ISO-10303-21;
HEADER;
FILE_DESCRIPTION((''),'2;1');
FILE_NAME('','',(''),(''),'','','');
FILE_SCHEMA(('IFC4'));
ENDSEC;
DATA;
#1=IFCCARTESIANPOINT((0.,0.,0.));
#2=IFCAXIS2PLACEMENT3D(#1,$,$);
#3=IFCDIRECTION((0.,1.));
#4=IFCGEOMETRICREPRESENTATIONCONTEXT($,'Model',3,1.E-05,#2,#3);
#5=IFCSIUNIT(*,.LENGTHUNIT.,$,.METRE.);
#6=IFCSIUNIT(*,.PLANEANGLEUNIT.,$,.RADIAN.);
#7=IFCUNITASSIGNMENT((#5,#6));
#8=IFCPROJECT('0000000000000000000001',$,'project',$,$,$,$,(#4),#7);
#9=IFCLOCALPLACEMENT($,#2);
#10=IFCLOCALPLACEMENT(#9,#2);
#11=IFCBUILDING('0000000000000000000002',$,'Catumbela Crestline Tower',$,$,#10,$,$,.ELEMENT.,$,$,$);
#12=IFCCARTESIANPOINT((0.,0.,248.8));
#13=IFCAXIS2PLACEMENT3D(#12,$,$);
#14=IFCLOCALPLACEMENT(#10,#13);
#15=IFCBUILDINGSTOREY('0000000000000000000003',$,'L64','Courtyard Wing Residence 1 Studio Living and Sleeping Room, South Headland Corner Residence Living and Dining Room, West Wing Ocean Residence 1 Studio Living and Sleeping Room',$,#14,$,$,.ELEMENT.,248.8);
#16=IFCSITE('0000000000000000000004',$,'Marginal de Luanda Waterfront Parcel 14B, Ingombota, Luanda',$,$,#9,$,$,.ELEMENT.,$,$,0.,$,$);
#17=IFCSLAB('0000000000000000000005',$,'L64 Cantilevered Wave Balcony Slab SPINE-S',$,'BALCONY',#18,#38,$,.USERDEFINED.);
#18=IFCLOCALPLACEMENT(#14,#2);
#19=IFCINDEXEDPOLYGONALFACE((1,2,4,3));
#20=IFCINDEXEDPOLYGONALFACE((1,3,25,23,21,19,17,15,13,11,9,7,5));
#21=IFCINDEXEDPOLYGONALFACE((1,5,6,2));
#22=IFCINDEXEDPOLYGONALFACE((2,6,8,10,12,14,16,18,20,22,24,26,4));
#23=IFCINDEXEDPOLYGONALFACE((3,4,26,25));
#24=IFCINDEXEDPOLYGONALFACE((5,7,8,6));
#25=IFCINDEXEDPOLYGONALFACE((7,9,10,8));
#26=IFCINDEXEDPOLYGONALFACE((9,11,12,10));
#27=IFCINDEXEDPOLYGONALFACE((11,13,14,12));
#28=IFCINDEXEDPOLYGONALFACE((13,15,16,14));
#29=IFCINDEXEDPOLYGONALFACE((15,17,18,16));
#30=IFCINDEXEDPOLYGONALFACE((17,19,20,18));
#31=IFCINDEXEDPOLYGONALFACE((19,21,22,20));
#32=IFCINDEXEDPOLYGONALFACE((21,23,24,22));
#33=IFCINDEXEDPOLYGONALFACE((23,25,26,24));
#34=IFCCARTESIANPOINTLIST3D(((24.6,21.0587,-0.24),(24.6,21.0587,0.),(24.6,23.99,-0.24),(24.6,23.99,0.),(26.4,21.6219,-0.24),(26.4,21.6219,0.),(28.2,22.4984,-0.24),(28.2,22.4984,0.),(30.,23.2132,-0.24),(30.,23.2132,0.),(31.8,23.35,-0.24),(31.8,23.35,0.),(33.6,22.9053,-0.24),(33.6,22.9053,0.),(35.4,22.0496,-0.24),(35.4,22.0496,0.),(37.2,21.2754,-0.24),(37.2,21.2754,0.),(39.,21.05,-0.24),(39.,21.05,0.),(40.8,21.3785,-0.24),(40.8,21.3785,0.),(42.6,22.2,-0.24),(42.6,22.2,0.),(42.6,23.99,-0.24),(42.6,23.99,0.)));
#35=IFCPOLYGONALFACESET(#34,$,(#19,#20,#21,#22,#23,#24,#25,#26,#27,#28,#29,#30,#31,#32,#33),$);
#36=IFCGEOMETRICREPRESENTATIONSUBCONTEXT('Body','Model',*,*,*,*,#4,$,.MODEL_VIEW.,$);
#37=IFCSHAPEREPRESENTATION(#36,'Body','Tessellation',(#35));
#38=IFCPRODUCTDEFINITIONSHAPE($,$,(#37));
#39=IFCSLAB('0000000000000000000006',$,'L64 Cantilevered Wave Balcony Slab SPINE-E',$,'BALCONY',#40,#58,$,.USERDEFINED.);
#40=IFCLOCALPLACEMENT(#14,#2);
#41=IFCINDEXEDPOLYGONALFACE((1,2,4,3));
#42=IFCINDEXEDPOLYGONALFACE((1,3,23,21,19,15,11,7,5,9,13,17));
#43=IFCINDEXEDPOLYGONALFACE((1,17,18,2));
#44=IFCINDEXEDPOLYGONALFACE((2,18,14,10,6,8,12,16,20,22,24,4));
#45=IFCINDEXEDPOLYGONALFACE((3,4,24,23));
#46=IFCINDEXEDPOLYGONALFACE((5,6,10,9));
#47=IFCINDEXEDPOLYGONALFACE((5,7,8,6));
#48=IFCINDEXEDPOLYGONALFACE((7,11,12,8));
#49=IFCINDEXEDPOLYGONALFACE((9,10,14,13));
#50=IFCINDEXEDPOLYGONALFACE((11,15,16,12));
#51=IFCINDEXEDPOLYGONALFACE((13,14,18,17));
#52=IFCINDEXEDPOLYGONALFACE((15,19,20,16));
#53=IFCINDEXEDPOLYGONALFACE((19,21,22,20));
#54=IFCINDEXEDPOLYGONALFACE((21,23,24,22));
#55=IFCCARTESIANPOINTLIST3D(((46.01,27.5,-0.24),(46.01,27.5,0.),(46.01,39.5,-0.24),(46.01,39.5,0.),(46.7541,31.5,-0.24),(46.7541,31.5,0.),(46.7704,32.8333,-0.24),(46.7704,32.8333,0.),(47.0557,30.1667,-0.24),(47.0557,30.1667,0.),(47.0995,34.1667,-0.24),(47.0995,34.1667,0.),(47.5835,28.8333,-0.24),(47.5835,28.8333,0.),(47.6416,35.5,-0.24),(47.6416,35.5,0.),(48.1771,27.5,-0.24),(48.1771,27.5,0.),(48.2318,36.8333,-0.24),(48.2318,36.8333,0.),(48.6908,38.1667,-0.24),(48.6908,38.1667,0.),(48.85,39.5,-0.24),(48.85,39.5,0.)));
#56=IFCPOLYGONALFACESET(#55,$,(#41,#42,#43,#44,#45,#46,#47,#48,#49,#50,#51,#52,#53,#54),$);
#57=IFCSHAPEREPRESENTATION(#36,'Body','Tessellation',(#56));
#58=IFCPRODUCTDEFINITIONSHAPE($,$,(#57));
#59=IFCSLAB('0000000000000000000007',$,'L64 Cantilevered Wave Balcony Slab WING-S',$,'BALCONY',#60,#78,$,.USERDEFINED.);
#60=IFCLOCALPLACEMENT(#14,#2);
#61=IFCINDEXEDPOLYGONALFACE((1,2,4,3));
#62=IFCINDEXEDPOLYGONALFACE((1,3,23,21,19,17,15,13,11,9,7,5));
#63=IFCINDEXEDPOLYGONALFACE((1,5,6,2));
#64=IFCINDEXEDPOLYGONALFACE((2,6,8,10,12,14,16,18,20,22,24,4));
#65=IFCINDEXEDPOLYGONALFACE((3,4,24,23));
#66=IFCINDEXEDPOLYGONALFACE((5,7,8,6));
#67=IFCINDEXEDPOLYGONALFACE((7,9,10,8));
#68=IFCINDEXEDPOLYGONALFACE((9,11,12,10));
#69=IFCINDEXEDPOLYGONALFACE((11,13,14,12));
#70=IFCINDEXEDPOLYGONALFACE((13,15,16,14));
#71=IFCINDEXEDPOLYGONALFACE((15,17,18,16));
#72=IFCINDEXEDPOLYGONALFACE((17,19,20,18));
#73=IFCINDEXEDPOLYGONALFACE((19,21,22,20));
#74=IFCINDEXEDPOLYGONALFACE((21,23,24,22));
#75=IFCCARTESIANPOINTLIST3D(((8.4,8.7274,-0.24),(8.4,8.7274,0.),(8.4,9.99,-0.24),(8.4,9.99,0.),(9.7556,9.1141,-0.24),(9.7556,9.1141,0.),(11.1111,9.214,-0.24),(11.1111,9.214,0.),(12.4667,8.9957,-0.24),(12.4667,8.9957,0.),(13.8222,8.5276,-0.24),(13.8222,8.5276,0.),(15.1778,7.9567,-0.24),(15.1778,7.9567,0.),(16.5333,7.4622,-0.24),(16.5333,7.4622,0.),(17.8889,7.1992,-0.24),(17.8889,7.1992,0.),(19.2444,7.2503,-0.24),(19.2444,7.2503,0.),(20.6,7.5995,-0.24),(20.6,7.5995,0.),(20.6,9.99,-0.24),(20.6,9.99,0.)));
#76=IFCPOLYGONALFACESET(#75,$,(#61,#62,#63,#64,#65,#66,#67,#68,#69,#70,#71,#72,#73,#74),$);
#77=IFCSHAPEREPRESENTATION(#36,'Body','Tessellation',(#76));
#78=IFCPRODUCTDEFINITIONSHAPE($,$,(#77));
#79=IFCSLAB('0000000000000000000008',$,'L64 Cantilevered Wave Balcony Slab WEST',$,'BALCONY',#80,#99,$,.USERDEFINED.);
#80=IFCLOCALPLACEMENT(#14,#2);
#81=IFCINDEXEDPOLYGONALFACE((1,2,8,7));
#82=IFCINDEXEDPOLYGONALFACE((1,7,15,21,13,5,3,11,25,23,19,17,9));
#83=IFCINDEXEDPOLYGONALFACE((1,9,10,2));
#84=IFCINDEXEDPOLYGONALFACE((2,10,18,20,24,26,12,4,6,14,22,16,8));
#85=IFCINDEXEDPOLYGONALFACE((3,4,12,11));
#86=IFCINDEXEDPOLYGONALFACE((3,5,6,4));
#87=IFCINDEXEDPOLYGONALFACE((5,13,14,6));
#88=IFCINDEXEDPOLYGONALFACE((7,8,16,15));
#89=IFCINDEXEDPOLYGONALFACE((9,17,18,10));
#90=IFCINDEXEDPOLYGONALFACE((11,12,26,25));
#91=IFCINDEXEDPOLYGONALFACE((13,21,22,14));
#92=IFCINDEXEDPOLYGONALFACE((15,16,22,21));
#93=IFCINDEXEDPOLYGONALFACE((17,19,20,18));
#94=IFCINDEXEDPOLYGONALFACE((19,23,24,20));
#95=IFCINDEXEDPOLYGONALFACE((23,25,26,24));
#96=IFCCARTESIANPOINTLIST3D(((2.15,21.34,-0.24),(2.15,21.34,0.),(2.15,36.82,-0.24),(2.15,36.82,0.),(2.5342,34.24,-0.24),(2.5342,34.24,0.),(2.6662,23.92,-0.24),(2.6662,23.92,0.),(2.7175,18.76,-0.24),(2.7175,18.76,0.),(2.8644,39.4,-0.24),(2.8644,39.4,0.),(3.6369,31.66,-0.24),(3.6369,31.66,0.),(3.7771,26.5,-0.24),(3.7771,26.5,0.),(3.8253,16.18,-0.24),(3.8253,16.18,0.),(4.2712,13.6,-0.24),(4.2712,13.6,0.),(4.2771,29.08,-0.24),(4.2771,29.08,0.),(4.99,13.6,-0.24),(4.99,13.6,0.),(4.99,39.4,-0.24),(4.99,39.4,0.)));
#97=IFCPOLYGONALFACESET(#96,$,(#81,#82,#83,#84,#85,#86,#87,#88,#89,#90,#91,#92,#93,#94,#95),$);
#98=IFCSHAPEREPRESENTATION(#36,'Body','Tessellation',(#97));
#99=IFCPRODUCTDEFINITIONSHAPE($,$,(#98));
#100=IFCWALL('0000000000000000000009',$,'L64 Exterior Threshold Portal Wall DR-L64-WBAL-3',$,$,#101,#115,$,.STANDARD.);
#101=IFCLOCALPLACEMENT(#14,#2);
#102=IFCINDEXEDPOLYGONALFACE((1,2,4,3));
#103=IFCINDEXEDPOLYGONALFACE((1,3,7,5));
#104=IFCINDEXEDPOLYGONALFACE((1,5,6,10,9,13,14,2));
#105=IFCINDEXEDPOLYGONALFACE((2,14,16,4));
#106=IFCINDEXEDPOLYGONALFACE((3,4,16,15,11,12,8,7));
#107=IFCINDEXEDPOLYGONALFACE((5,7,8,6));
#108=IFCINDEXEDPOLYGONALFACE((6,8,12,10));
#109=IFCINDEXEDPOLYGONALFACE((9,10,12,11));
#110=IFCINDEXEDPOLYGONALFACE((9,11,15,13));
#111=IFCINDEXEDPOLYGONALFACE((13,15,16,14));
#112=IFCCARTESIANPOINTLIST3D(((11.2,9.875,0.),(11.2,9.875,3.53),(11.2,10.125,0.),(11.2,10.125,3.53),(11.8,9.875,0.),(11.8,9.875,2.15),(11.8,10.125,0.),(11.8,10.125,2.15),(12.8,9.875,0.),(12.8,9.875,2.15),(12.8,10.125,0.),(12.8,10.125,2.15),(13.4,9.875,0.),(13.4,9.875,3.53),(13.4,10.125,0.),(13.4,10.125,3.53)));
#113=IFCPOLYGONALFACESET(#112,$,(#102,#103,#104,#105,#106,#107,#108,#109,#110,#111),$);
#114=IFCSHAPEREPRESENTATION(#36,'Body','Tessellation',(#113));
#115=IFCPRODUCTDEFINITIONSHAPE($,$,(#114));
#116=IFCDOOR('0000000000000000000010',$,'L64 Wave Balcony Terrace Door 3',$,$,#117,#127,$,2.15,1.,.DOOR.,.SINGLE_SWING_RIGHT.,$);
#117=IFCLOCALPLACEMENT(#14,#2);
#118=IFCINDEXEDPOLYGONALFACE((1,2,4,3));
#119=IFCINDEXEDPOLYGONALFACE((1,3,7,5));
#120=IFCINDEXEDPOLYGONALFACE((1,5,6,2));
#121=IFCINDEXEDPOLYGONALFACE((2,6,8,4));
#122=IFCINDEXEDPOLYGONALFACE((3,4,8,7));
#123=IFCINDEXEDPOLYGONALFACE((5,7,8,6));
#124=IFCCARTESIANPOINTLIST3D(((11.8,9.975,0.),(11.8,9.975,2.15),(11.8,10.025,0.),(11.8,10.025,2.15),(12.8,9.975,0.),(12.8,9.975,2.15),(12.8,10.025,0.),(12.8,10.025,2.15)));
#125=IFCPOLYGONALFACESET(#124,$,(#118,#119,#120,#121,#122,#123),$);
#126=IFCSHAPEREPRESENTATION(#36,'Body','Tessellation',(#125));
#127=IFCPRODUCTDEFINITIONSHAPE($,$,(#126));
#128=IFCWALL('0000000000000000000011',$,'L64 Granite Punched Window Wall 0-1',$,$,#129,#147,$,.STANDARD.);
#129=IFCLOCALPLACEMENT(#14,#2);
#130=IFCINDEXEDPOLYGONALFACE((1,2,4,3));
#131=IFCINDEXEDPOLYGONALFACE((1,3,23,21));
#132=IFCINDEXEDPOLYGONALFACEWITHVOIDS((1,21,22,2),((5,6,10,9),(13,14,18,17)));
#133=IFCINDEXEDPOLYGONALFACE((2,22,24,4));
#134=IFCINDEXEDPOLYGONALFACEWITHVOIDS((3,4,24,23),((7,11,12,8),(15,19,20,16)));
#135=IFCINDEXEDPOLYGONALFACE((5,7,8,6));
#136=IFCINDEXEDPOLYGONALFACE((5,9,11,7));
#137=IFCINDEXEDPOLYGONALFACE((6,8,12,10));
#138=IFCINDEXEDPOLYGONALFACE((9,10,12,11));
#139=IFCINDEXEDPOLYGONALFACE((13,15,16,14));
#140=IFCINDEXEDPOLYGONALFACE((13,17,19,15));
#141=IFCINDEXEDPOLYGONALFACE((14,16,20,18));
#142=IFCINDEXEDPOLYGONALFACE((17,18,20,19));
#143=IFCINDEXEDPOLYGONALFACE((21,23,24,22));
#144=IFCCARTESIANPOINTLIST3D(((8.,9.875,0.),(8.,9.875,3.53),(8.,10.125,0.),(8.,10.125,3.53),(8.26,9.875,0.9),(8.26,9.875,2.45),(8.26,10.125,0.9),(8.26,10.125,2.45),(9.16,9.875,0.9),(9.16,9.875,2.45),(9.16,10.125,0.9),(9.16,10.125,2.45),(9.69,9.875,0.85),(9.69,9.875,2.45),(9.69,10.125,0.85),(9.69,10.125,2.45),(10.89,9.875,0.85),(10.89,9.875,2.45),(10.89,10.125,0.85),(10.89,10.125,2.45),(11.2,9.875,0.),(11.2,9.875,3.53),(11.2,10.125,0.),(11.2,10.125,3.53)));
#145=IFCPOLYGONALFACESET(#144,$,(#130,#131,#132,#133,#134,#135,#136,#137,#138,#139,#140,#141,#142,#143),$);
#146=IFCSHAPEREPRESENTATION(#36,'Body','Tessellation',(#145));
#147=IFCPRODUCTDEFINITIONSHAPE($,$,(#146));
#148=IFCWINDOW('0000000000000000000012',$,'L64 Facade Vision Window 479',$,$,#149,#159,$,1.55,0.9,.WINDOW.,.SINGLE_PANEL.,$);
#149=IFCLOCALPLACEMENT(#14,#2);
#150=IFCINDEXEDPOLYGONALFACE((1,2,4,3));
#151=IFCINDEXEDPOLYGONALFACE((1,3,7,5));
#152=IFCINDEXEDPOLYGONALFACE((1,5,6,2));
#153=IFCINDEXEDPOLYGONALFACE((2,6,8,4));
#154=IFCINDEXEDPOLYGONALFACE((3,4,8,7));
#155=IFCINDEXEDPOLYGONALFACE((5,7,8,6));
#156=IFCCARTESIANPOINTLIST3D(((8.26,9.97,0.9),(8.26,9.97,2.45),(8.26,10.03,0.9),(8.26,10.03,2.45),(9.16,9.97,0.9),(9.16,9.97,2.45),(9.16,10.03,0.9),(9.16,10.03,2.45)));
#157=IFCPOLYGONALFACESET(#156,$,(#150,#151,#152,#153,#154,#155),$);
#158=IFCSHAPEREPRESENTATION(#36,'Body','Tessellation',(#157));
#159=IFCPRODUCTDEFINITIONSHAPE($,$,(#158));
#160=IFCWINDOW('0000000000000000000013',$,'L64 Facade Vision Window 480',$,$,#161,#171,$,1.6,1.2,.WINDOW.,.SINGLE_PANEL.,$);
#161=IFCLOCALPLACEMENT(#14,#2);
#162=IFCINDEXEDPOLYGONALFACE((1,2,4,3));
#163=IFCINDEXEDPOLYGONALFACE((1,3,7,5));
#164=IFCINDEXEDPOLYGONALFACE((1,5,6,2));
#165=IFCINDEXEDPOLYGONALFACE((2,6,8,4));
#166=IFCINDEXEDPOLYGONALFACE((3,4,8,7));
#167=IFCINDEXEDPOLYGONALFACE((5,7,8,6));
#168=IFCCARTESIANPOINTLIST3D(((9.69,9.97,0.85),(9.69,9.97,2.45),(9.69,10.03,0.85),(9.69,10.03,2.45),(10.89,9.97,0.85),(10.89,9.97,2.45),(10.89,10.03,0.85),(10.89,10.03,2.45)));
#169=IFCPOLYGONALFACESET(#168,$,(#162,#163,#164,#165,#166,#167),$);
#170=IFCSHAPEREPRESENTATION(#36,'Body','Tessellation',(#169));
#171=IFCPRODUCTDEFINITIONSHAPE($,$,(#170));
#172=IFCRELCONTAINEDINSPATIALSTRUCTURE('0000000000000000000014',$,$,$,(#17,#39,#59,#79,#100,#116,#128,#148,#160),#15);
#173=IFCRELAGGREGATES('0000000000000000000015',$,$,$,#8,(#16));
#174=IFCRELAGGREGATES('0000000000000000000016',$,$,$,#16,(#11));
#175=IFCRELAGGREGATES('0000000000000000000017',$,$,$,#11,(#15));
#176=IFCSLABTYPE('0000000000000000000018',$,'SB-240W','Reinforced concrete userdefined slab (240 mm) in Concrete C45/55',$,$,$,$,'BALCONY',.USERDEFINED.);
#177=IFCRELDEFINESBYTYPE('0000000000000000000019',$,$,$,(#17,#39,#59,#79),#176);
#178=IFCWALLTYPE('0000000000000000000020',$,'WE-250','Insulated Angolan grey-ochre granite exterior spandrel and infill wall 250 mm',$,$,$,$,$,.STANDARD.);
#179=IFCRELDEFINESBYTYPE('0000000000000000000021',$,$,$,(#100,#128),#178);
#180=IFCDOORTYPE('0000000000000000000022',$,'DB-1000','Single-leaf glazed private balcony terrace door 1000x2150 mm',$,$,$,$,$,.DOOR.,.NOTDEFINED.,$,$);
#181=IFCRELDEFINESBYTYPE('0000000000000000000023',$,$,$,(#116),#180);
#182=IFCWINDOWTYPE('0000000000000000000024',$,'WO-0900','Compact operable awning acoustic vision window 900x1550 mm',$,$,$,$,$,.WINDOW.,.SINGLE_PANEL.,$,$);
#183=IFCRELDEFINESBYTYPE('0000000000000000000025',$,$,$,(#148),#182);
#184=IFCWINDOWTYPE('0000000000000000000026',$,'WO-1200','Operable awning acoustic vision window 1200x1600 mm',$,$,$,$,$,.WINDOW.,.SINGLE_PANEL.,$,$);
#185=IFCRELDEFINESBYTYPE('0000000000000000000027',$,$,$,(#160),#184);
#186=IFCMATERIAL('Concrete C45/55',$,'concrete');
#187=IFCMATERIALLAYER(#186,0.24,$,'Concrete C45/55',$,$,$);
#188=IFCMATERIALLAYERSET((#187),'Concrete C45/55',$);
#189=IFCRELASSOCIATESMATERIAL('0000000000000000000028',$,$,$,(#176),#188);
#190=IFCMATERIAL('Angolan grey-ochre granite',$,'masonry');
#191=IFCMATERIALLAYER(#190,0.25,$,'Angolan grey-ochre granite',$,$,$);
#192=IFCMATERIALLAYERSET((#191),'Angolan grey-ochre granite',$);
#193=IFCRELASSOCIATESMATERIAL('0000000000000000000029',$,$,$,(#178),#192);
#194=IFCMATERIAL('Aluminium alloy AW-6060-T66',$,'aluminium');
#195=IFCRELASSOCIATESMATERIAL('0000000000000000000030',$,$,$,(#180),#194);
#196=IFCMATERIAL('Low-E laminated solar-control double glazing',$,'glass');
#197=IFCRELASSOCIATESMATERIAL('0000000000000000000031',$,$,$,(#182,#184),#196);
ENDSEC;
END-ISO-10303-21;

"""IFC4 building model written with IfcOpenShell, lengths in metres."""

from ifc_helpers import new_model, si_unit, direction, frame, frame_2d, origin, place, context, subcontext, project, spatial, polyline, rectangle, outline, extrude, material, layer, layer_set, type_object, element, fill, save


model = new_model("IFC4")

# Units and contexts
model_context = context("Model", 3, precision=1e-05, world=origin(), true_north=direction((0.0, 1.0)))
body_context = subcontext(model_context, "Body", "Model", "MODEL_VIEW")
ifc_project = project(units=[si_unit("LENGTHUNIT", "METRE"), si_unit("PLANEANGLEUNIT", "RADIAN")], contexts=[model_context])

# Site, building, storey
site_placement = place(None, origin())
site = spatial("IfcSite", under=ifc_project, at=site_placement, Name="Marginal de Luanda Waterfront Parcel 14B, Ingombota, Luanda", CompositionType="ELEMENT", RefElevation=0.0)
building_placement = place(site_placement, origin())
building = spatial("IfcBuilding", under=site, at=building_placement, Name="Catumbela Crestline Tower", CompositionType="ELEMENT")
storey_placement = place(building_placement, frame((0.0, 0.0, 248.8)))
storey = spatial("IfcBuildingStorey", under=building, at=storey_placement, Name="L64", Description="Courtyard Wing Residence 1 Studio Living and Sleeping Room, South Headland Corner Residence Living and Dining Room, West Wing Ocean Residence 1 Studio Living and Sleeping Room", CompositionType="ELEMENT", Elevation=248.8)

# Shared definitions
ifc_material_1 = material(Name="Aluminium alloy AW-6060-T66", Category="aluminium")
ifc_material_2 = material(Name="Low-E laminated solar-control double glazing", Category="glass")

# Shared definitions
ifc_material_3 = material(Name="Concrete C45/55", Category="concrete")

# Slabs
ifc_layer_1 = layer(ifc_material_3, 0.24, Name="Concrete C45/55")
ifc_layer_set_1 = layer_set([ifc_layer_1], Name="Concrete C45/55")
slab_type_1 = type_object("IfcSlabType", Name="SB-240W", Description="Reinforced concrete userdefined slab (240 mm) in Concrete C45/55", ElementType="BALCONY", PredefinedType="USERDEFINED", material=ifc_layer_set_1)
slab_1_placement = place(storey_placement, frame((0.0, 0.0, -0.24)))
element("IfcSlab", 1, at=slab_1_placement, inside=storey, type_object=slab_type_1, Name="L64 Cantilevered Wave Balcony Slab SPINE-S", ObjectType="BALCONY", PredefinedType="USERDEFINED", context=body_context, shape_type="SweptSolid", body=[
    extrude(outline(polyline([(24.6, 21.0587), (26.4, 21.6219), (28.2, 22.4984), (30.0, 23.2132), (31.8, 23.35), (33.6, 22.9053), (35.4, 22.0496), (37.2, 21.2754), (39.0, 21.05), (40.8, 21.3785), (42.6, 22.2), (42.6, 23.99), (24.6, 23.99), (24.6, 21.0587)])), origin(), (0.0, 0.0, 1.0), 0.24),
])
slab_2_placement = place(storey_placement, frame((0.0, 0.0, -0.24)))
element("IfcSlab", 2, at=slab_2_placement, inside=storey, type_object=slab_type_1, Name="L64 Cantilevered Wave Balcony Slab SPINE-E", ObjectType="BALCONY", PredefinedType="USERDEFINED", context=body_context, shape_type="SweptSolid", body=[
    extrude(outline(polyline([(46.01, 27.5), (48.1771, 27.5), (47.5835, 28.8333), (47.0557, 30.1667), (46.7541, 31.5), (46.7704, 32.8333), (47.0995, 34.1667), (47.6416, 35.5), (48.2318, 36.8333), (48.6908, 38.1667), (48.85, 39.5), (46.01, 39.5), (46.01, 27.5)])), origin(), (0.0, 0.0, 1.0), 0.24),
])
slab_3_placement = place(storey_placement, frame((0.0, 0.0, -0.24)))
element("IfcSlab", 3, at=slab_3_placement, inside=storey, type_object=slab_type_1, Name="L64 Cantilevered Wave Balcony Slab WING-S", ObjectType="BALCONY", PredefinedType="USERDEFINED", context=body_context, shape_type="SweptSolid", body=[
    extrude(outline(polyline([(8.4, 8.7274), (9.7556, 9.1141), (11.1111, 9.214), (12.4667, 8.9957), (13.8222, 8.5276), (15.1778, 7.9567), (16.5333, 7.4622), (17.8889, 7.1992), (19.2444, 7.2503), (20.6, 7.5995), (20.6, 9.99), (8.4, 9.99), (8.4, 8.7274)])), origin(), (0.0, 0.0, 1.0), 0.24),
])
slab_4_placement = place(storey_placement, frame((0.0, 0.0, -0.24)))
element("IfcSlab", 4, at=slab_4_placement, inside=storey, type_object=slab_type_1, Name="L64 Cantilevered Wave Balcony Slab WEST", ObjectType="BALCONY", PredefinedType="USERDEFINED", context=body_context, shape_type="SweptSolid", body=[
    extrude(outline(polyline([(4.99, 39.4), (2.8644, 39.4), (2.15, 36.82), (2.5342, 34.24), (3.6369, 31.66), (4.2771, 29.08), (3.7771, 26.5), (2.6662, 23.92), (2.15, 21.34), (2.7175, 18.76), (3.8253, 16.18), (4.2712, 13.6), (4.99, 13.6), (4.99, 39.4)])), origin(), (0.0, 0.0, 1.0), 0.24),
])

# Wall, opening, door
ifc_material_4 = material(Name="Angolan grey-ochre granite", Category="masonry")
ifc_layer_2 = layer(ifc_material_4, 0.25, Name="Angolan grey-ochre granite")
ifc_layer_set_2 = layer_set([ifc_layer_2], Name="Angolan grey-ochre granite")
wall_type = type_object("IfcWallType", Name="WE-250", Description="Insulated Angolan grey-ochre granite exterior spandrel and infill wall 250 mm", PredefinedType="STANDARD", material=ifc_layer_set_2)
wall_1_placement = place(storey_placement, frame((11.2, 10.0, 0.0), z_axis=(0.0, 0.0, 1.0), x_axis=(1.0, 0.0, 0.0)))
wall_1 = element("IfcWall", 5, at=wall_1_placement, inside=storey, type_object=wall_type, Name="L64 Exterior Threshold Portal Wall DR-L64-WBAL-3", PredefinedType="STANDARD", context=body_context, shape_type="SweptSolid", body=[
    extrude(rectangle(XDim=2.2, YDim=0.25, at=frame_2d((1.1, 0.0))), origin(), (0.0, 0.0, 1.0), 3.53),
])
opening_1_placement = place(wall_1_placement, frame((0.6, 0.0, 0.0)))
opening_1 = element("IfcOpeningElement", 6, at=opening_1_placement, cuts=wall_1, PredefinedType="OPENING", context=body_context, shape_type="SweptSolid", body=[
    extrude(rectangle(XDim=1.0, YDim=2.15, at=frame_2d((0.5, 1.075))), frame((0.0, 0.135, 0.0), z_axis=(0.0, -1.0, 0.0), x_axis=(1.0, 0.0, 0.0)), (0.0, 0.0, 1.0), 0.27),
])
door_type = type_object("IfcDoorType", Name="DB-1000", Description="Single-leaf glazed private balcony terrace door 1000x2150 mm", OperationType="NOTDEFINED", PredefinedType="DOOR", material=ifc_material_1)
door_placement = place(opening_1_placement, origin())
door = element("IfcDoor", 7, at=door_placement, inside=storey, type_object=door_type, Name="L64 Wave Balcony Terrace Door 3", OperationType="SINGLE_SWING_RIGHT", OverallHeight=2.15, OverallWidth=1.0, PredefinedType="DOOR", context=body_context, shape_type="SweptSolid", body=[
    extrude(rectangle(XDim=1.0, YDim=2.15, at=frame_2d((0.5, 1.075))), frame((0.0, 0.025, 0.0), z_axis=(0.0, -1.0, 0.0), x_axis=(1.0, 0.0, 0.0)), (0.0, 0.0, 1.0), 0.05),
])
fill(opening_1, door)

# Wall, openings, windows
wall_2_placement = place(storey_placement, frame((8.0, 10.0, 0.0), z_axis=(0.0, 0.0, 1.0), x_axis=(1.0, 0.0, 0.0)))
wall_2 = element("IfcWall", 8, at=wall_2_placement, inside=storey, type_object=wall_type, Name="L64 Granite Punched Window Wall 0-1", PredefinedType="STANDARD", context=body_context, shape_type="SweptSolid", body=[
    extrude(rectangle(XDim=3.2, YDim=0.25, at=frame_2d((1.6, 0.0))), origin(), (0.0, 0.0, 1.0), 3.53),
])
opening_2_placement = place(wall_2_placement, frame((0.26, 0.0, 0.9)))
opening_2 = element("IfcOpeningElement", 9, at=opening_2_placement, cuts=wall_2, PredefinedType="OPENING", context=body_context, shape_type="SweptSolid", body=[
    extrude(rectangle(XDim=0.9, YDim=1.55, at=frame_2d((0.45, 0.775))), frame((0.0, 0.135, 0.0), z_axis=(0.0, -1.0, 0.0), x_axis=(1.0, 0.0, 0.0)), (0.0, 0.0, 1.0), 0.27),
])
opening_3_placement = place(wall_2_placement, frame((1.69, 0.0, 0.85)))
opening_3 = element("IfcOpeningElement", 10, at=opening_3_placement, cuts=wall_2, PredefinedType="OPENING", context=body_context, shape_type="SweptSolid", body=[
    extrude(rectangle(XDim=1.2, YDim=1.6, at=frame_2d((0.6, 0.8))), frame((0.0, 0.135, 0.0), z_axis=(0.0, -1.0, 0.0), x_axis=(1.0, 0.0, 0.0)), (0.0, 0.0, 1.0), 0.27),
])
window_type_1 = type_object("IfcWindowType", Name="WO-0900", Description="Compact operable awning acoustic vision window 900x1550 mm", PartitioningType="SINGLE_PANEL", PredefinedType="WINDOW", material=ifc_material_2)
window_1_placement = place(opening_2_placement, origin())
window_1 = element("IfcWindow", 11, at=window_1_placement, inside=storey, type_object=window_type_1, Name="L64 Facade Vision Window 479", OverallHeight=1.55, OverallWidth=0.9, PartitioningType="SINGLE_PANEL", PredefinedType="WINDOW", context=body_context, shape_type="SweptSolid", body=[
    extrude(rectangle(XDim=0.9, YDim=1.55, at=frame_2d((0.45, 0.775))), frame((0.0, 0.03, 0.0), z_axis=(0.0, -1.0, 0.0), x_axis=(1.0, 0.0, 0.0)), (0.0, 0.0, 1.0), 0.06),
])
fill(opening_2, window_1)
window_type_2 = type_object("IfcWindowType", Name="WO-1200", Description="Operable awning acoustic vision window 1200x1600 mm", PartitioningType="SINGLE_PANEL", PredefinedType="WINDOW", material=ifc_material_2)
window_2_placement = place(opening_3_placement, origin())
window_2 = element("IfcWindow", 12, at=window_2_placement, inside=storey, type_object=window_type_2, Name="L64 Facade Vision Window 480", OverallHeight=1.6, OverallWidth=1.2, PartitioningType="SINGLE_PANEL", PredefinedType="WINDOW", context=body_context, shape_type="SweptSolid", body=[
    extrude(rectangle(XDim=1.2, YDim=1.6, at=frame_2d((0.6, 0.8))), frame((0.0, 0.03, 0.0), z_axis=(0.0, -1.0, 0.0), x_axis=(1.0, 0.0, 0.0)), (0.0, 0.0, 1.0), 0.06),
])
fill(opening_3, window_2)

save(model, "model.ifc")
